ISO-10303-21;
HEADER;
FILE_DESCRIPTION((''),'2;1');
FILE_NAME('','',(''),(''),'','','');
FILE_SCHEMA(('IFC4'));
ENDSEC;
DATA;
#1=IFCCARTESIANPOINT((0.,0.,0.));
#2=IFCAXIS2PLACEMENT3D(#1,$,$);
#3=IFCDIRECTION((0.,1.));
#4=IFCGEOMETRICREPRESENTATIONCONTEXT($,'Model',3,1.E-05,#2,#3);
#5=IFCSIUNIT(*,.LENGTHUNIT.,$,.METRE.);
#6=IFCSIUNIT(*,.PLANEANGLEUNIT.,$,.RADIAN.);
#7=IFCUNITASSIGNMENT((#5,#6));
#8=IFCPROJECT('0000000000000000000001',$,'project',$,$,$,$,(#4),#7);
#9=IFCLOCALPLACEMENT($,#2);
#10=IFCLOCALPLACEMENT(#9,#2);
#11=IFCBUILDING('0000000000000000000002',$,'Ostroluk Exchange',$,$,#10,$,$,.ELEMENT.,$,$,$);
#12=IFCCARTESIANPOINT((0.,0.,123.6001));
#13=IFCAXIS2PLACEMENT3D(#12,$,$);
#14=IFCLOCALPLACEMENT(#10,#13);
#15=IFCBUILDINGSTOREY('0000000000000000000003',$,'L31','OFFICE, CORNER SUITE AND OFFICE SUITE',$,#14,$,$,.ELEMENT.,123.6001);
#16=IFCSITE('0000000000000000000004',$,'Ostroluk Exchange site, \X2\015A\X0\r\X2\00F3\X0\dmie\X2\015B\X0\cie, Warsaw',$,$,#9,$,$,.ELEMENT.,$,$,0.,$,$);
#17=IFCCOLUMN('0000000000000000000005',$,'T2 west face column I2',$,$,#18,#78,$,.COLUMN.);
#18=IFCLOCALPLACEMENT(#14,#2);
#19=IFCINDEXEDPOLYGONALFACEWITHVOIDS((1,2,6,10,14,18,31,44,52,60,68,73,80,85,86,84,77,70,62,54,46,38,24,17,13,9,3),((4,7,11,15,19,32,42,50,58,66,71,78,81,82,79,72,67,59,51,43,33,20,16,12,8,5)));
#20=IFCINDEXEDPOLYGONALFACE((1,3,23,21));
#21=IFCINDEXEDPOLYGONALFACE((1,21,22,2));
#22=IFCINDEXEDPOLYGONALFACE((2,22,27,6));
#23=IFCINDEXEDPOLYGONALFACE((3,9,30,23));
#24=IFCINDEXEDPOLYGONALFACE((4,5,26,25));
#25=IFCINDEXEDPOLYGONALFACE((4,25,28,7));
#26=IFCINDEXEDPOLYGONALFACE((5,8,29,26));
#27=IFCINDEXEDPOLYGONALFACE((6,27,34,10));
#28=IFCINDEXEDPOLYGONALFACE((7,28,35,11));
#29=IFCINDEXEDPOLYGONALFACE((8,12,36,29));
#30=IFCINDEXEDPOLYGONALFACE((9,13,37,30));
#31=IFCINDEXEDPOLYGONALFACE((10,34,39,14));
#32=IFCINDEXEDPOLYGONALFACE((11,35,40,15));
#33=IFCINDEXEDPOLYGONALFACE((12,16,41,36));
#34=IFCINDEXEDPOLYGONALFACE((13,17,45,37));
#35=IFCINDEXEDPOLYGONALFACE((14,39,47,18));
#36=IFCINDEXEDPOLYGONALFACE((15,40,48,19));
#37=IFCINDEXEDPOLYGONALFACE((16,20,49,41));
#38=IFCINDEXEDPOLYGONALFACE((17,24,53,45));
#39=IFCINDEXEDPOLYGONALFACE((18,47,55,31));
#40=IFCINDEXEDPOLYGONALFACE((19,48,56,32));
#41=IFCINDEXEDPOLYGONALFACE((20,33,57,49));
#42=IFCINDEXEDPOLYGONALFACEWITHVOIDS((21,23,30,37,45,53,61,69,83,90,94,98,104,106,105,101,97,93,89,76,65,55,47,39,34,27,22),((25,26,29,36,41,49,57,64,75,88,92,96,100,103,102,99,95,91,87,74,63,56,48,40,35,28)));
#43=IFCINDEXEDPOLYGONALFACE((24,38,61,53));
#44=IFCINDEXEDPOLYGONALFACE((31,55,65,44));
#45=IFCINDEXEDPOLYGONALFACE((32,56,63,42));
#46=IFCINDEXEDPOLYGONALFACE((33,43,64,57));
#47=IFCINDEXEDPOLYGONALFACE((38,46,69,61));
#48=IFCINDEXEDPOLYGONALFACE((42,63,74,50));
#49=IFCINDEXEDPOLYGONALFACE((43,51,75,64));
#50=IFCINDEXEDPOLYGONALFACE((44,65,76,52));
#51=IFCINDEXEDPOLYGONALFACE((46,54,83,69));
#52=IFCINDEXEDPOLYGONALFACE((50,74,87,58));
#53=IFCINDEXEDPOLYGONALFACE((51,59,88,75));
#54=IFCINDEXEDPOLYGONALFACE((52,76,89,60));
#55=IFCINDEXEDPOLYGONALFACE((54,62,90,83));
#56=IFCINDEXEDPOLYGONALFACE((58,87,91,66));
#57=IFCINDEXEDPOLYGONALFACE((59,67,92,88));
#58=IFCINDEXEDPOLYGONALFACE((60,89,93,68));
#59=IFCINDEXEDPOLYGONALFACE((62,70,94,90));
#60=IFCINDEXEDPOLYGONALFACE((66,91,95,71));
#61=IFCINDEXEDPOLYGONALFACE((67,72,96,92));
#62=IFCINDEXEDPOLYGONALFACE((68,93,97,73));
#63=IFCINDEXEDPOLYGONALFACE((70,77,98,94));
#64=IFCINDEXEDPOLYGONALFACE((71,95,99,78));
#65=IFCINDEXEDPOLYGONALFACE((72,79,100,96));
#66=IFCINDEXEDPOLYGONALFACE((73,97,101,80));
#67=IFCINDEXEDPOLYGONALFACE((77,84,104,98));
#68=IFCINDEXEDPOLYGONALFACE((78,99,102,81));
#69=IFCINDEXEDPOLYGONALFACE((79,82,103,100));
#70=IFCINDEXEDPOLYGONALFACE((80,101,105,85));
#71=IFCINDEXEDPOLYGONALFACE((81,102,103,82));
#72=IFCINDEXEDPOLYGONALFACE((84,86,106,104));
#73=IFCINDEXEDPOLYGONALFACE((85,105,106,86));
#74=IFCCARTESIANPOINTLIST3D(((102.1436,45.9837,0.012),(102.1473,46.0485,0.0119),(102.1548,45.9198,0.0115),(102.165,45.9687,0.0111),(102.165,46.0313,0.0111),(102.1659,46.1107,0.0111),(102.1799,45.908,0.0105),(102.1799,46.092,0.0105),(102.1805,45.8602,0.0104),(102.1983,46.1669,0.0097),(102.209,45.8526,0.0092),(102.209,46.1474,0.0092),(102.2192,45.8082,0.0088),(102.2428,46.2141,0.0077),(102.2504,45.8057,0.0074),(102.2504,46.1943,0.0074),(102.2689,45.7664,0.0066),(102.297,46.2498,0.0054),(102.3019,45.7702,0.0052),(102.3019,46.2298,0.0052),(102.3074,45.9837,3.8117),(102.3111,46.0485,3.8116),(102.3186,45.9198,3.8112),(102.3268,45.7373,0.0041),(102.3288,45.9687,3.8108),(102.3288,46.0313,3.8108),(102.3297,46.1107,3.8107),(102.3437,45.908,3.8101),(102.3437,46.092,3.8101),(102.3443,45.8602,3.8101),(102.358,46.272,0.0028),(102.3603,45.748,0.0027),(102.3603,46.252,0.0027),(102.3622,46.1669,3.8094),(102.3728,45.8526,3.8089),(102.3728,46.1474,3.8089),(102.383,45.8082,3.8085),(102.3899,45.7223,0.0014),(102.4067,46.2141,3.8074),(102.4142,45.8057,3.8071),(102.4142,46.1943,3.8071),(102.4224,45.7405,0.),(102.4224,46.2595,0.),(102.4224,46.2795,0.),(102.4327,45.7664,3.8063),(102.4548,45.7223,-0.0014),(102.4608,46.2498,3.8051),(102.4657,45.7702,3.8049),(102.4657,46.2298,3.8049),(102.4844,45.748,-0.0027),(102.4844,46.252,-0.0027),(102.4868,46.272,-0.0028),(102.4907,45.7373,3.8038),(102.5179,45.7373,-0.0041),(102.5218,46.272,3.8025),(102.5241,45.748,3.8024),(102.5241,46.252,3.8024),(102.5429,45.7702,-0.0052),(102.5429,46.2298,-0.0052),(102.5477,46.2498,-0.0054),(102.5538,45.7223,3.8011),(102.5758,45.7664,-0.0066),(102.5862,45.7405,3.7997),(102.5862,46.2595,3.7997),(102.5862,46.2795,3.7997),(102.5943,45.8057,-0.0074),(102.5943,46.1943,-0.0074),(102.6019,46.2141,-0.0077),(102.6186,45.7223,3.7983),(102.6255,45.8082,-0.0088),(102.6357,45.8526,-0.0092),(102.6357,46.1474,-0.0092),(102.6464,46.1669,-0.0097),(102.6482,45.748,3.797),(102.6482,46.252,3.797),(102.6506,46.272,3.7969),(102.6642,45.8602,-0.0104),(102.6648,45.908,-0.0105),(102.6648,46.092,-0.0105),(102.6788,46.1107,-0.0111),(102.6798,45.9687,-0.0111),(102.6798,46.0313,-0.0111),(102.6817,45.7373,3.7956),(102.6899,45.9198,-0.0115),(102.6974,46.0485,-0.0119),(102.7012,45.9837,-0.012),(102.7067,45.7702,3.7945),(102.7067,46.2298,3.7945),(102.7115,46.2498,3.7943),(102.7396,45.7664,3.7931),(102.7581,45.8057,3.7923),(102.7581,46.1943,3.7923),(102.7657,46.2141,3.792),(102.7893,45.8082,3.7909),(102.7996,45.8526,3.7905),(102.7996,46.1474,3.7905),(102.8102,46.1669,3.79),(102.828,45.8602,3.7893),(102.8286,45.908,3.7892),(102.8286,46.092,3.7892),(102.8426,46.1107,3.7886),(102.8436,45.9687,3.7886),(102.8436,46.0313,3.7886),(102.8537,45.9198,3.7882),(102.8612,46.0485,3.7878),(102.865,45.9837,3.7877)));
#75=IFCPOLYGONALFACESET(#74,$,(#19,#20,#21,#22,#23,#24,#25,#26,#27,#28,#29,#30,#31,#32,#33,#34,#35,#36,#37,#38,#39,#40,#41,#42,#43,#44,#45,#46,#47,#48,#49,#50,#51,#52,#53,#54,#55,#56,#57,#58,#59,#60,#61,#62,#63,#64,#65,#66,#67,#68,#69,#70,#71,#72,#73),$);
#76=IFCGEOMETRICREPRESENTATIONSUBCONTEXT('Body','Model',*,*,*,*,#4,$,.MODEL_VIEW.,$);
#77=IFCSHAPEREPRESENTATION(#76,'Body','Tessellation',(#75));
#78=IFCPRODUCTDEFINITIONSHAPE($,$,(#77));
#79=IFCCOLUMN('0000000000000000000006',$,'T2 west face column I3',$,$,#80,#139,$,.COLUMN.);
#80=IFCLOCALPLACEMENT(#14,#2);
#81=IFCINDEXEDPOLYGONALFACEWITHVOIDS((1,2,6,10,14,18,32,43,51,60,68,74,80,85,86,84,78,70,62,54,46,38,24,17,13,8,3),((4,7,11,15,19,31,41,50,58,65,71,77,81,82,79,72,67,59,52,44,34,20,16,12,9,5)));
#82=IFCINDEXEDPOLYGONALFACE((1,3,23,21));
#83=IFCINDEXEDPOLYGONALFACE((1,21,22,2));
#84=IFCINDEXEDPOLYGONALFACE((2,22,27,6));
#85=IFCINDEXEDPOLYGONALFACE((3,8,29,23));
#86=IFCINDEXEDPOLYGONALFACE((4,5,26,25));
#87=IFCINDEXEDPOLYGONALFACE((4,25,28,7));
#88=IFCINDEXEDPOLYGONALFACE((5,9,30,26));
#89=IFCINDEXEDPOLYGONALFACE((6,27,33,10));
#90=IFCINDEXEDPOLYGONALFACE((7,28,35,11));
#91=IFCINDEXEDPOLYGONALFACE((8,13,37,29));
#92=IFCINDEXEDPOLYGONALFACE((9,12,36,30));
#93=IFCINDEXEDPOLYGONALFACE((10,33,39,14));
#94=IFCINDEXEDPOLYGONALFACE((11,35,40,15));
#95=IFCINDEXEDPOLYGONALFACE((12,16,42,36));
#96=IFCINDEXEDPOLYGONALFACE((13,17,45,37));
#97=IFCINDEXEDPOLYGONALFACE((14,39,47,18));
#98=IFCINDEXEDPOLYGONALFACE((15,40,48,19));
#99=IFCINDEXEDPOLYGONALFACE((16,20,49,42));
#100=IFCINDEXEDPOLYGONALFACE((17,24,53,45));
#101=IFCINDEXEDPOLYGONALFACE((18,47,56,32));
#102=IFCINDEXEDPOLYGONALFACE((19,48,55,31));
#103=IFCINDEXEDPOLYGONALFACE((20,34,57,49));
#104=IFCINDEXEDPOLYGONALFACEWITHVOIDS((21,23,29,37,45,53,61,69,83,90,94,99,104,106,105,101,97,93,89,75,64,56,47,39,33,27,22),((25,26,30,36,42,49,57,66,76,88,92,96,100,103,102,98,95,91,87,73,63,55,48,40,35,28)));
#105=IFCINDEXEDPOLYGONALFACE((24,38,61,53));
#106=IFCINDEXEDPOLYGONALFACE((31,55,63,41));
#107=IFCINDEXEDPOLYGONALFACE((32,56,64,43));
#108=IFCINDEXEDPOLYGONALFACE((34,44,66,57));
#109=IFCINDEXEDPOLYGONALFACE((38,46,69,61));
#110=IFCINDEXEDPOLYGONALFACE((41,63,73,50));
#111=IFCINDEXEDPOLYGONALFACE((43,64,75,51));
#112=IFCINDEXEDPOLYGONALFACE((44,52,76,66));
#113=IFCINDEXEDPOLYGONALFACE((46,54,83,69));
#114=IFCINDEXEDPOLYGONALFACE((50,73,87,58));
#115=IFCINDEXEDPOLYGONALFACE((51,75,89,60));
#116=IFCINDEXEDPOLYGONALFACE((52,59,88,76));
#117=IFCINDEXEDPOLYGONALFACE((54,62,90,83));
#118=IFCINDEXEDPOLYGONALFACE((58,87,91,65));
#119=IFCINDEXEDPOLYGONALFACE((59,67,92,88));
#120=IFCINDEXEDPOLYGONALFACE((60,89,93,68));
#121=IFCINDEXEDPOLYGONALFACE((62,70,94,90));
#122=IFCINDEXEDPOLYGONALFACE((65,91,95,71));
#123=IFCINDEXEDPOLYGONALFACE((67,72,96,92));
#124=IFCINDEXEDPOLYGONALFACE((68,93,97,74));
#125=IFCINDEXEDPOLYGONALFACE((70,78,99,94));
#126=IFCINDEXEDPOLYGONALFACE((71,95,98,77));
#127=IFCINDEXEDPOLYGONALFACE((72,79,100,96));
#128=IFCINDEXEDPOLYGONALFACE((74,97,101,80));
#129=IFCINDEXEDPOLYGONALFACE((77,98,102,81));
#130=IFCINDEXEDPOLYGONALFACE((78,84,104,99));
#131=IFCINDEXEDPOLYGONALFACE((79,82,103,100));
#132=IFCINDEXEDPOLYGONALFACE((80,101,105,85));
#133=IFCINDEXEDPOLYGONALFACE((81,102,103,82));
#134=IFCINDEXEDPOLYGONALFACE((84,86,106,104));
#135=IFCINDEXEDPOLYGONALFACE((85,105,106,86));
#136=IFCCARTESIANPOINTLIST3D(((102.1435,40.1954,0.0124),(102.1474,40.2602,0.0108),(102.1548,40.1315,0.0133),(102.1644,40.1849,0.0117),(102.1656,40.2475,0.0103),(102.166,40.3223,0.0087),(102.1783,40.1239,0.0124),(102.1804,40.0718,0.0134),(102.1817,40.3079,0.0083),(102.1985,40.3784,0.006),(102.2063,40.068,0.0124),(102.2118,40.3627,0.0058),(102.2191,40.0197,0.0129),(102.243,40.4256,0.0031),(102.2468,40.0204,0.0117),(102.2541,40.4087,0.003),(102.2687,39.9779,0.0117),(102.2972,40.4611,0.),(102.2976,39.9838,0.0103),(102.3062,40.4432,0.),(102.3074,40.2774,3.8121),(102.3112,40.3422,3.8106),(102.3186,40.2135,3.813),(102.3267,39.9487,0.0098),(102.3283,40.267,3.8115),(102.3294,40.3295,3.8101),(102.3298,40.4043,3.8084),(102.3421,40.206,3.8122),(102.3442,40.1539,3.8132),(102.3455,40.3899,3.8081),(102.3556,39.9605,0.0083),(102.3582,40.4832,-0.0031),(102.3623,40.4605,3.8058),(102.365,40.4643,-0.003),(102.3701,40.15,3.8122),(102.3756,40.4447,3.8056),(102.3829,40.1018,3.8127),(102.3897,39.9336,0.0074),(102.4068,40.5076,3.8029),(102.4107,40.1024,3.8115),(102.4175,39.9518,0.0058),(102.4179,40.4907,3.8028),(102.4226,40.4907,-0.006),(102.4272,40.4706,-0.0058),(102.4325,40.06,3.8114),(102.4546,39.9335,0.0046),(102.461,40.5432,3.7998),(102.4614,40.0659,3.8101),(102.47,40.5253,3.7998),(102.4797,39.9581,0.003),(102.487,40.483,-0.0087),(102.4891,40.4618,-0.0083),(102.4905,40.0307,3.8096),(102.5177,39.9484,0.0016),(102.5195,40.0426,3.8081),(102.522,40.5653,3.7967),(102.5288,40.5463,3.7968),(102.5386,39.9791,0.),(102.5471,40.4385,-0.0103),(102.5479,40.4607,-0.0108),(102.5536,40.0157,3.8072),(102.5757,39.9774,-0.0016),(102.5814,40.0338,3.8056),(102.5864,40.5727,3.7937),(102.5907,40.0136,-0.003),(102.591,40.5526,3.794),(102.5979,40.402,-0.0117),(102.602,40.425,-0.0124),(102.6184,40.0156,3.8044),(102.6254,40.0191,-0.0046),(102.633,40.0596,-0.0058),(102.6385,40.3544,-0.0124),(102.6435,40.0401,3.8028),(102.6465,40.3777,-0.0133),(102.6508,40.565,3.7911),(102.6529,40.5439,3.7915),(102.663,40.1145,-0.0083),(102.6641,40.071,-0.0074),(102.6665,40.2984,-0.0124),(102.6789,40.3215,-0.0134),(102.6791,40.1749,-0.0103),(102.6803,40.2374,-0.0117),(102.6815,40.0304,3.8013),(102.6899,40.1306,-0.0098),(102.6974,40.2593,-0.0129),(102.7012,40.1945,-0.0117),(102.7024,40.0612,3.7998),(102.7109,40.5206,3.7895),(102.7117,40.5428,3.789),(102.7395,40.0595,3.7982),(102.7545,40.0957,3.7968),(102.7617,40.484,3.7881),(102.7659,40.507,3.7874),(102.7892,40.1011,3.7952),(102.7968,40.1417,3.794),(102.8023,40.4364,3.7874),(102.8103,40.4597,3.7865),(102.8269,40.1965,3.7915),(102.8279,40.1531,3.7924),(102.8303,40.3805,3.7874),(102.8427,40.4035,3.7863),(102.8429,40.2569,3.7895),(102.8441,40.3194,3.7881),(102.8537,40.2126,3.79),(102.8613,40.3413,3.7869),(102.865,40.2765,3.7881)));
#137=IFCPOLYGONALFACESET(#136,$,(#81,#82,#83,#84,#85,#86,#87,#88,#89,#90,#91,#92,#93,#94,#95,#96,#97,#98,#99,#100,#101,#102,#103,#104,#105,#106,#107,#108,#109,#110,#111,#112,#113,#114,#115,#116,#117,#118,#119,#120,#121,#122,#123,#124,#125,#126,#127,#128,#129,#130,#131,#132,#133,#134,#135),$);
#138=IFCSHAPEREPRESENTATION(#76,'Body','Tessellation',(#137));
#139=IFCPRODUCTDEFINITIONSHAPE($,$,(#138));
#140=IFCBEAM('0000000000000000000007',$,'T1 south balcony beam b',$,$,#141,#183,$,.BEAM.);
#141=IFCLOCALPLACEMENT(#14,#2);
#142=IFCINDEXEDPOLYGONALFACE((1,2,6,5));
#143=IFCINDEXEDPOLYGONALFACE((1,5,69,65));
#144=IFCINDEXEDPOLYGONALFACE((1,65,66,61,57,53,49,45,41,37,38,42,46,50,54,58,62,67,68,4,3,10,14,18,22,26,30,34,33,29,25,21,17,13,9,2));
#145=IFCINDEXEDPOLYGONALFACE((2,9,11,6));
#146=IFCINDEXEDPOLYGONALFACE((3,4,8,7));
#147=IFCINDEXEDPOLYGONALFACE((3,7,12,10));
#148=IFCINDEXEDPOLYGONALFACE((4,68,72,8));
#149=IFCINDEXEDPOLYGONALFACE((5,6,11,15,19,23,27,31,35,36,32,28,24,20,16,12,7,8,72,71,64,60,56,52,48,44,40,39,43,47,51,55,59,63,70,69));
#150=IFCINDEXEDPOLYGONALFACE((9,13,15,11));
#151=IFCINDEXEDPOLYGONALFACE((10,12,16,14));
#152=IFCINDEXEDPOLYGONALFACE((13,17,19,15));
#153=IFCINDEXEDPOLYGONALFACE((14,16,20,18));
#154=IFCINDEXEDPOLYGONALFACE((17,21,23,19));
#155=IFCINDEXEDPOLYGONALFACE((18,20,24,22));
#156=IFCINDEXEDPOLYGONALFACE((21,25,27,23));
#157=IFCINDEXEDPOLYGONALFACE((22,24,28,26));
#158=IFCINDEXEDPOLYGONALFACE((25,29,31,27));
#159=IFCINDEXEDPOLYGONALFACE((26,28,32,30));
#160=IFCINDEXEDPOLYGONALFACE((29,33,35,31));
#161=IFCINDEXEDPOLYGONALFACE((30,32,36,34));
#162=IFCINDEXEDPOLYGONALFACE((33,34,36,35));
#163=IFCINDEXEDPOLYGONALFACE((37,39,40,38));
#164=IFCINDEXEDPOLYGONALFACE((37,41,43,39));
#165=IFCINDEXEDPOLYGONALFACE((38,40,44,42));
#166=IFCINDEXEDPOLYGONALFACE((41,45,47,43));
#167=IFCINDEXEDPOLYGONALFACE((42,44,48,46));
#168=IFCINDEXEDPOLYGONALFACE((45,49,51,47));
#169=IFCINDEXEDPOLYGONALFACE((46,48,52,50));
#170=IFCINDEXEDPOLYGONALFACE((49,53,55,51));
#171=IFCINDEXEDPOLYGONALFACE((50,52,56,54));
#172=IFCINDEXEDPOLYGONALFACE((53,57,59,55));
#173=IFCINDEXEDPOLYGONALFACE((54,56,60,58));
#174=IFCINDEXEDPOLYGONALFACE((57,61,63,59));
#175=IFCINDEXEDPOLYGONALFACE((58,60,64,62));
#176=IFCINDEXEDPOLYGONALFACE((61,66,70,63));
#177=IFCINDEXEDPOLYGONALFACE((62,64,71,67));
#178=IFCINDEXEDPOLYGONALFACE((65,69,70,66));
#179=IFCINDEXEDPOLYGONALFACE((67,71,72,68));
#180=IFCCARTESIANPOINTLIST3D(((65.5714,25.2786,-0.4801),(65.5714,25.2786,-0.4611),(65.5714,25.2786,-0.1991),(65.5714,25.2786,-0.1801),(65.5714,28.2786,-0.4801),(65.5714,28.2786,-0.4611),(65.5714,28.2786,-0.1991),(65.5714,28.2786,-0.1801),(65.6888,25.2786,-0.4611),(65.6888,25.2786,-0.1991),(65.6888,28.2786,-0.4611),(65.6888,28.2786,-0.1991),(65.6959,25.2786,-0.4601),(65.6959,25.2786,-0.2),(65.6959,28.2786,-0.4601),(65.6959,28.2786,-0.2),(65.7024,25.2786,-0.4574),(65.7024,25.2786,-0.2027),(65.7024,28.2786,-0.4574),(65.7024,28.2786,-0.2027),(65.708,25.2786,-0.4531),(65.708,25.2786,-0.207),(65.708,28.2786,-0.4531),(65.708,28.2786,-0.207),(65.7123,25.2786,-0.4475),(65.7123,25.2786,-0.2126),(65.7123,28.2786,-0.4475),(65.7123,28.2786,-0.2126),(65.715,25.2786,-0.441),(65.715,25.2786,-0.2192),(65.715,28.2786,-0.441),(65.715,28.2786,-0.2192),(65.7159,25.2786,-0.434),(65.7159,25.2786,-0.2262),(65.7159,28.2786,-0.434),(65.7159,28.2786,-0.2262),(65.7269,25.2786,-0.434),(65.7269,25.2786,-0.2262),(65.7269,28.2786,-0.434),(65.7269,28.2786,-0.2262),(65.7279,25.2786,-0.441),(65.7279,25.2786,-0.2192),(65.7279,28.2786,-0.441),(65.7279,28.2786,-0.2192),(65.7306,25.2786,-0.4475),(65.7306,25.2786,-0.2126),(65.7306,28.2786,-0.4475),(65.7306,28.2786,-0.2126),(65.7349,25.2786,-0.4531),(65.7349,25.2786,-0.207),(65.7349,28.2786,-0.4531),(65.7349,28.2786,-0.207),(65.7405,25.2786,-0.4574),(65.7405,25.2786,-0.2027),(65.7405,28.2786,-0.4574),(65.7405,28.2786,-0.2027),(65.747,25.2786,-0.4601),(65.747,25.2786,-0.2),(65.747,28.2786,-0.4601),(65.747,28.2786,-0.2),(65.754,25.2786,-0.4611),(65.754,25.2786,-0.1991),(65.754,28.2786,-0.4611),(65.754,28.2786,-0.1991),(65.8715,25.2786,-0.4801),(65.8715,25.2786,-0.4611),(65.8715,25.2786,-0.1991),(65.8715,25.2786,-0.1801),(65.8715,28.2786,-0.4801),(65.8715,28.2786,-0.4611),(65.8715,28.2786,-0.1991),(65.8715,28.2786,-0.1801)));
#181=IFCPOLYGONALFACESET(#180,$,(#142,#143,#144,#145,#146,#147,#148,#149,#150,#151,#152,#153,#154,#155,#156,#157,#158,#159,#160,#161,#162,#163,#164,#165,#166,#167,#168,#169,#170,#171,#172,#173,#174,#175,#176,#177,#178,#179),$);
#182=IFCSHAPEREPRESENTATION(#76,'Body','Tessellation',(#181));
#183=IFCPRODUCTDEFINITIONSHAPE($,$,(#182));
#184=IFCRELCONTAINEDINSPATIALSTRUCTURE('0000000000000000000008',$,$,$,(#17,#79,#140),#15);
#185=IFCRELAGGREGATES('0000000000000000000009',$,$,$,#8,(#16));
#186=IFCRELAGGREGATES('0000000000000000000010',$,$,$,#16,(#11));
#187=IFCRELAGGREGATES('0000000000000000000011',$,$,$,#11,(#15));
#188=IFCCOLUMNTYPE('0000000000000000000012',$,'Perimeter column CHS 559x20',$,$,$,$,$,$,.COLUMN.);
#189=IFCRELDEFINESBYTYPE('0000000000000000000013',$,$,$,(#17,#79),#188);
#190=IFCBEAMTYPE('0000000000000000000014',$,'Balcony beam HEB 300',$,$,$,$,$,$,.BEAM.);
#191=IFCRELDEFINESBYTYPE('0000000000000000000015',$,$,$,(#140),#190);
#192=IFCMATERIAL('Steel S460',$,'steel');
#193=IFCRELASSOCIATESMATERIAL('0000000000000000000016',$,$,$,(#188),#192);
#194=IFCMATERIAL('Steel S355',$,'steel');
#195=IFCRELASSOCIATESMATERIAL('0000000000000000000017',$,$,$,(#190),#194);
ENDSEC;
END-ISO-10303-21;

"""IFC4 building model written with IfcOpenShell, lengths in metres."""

from ifc_helpers import new_model, si_unit, direction, frame, origin, origin_2d, place, context, subcontext, project, spatial, hollow_circle, i_section, extrude, material, material_profile, profile_set, type_object, element, save


model = new_model("IFC4")

# Units and contexts
model_context = context("Model", 3, precision=1e-05, world=origin(), true_north=direction((0.0, 1.0)))
body_context = subcontext(model_context, "Body", "Model", "MODEL_VIEW")
ifc_project = project(units=[si_unit("LENGTHUNIT", "METRE"), si_unit("PLANEANGLEUNIT", "RADIAN")], contexts=[model_context])

# Site, building, storey
site_placement = place(None, origin())
site = spatial("IfcSite", under=ifc_project, at=site_placement, Name="Ostroluk Exchange site, Śródmieście, Warsaw", CompositionType="ELEMENT", RefElevation=0.0)
building_placement = place(site_placement, origin())
building = spatial("IfcBuilding", under=site, at=building_placement, Name="Ostroluk Exchange", CompositionType="ELEMENT")
storey_placement = place(building_placement, frame((0.0, 0.0, 123.6001)))
storey = spatial("IfcBuildingStorey", under=building, at=storey_placement, Name="L31", Description="OFFICE, CORNER SUITE AND OFFICE SUITE", CompositionType="ELEMENT", Elevation=123.6001)

# Columns
ifc_material_1 = material(Name="Steel S460", Category="steel")
ifc_material_profile_1 = material_profile(ifc_material_1, hollow_circle(Radius=0.2795, WallThickness=0.02, at=origin_2d()), Name="CHS 559x20")
ifc_profile_set_1 = profile_set([ifc_material_profile_1], Name="Steel S460")
column_type_1 = type_object("IfcColumnType", Name="Perimeter column CHS 559x20", PredefinedType="COLUMN", material=ifc_profile_set_1)
column_1_placement = place(storey_placement, frame((102.4224, 46.0, 0.0), z_axis=(0.043072, 0.0, 0.999072), x_axis=(0.0, 1.0, 0.0)))
element("IfcColumn", 1, at=column_1_placement, inside=storey, type_object=column_type_1, Name="T2 west face column I2", PredefinedType="COLUMN", context=body_context, shape_type="SweptSolid", body=[
    extrude(hollow_circle(Radius=0.2795, WallThickness=0.02, at=origin_2d()), origin(), (0.0, 0.0, 1.0), 3.8032),
])
column_2_placement = place(storey_placement, frame((102.4224, 40.2112, 0.0), z_axis=(0.043062, 0.021563, 0.99884), x_axis=(-0.447747, 0.894161, 0.0)))
element("IfcColumn", 2, at=column_2_placement, inside=storey, type_object=column_type_1, Name="T2 west face column I3", PredefinedType="COLUMN", context=body_context, shape_type="SweptSolid", body=[
    extrude(hollow_circle(Radius=0.2795, WallThickness=0.02, at=origin_2d()), origin(), (0.0, 0.0, 1.0), 3.8042),
])

# Beam
ifc_material_2 = material(Name="Steel S355", Category="steel")
ifc_material_profile_2 = material_profile(ifc_material_2, i_section(OverallWidth=0.3, OverallDepth=0.3, WebThickness=0.011, FlangeThickness=0.019, FilletRadius=0.0271, at=origin_2d()), Name="HEB 300")
ifc_profile_set_2 = profile_set([ifc_material_profile_2], Name="Steel S355")
beam_type_1 = type_object("IfcBeamType", Name="Balcony beam HEB 300", PredefinedType="BEAM", material=ifc_profile_set_2)
beam_1_placement = place(storey_placement, frame((65.7214, 28.2786, -0.3301), z_axis=(0.0, -1.0, 0.0), x_axis=(1.0, 0.0, 0.0)))
element("IfcBeam", 3, at=beam_1_placement, inside=storey, type_object=beam_type_1, Name="T1 south balcony beam b", PredefinedType="BEAM", context=body_context, shape_type="SweptSolid", body=[
    extrude(i_section(OverallWidth=0.3, OverallDepth=0.3, WebThickness=0.011, FlangeThickness=0.019, FilletRadius=0.0271, at=origin_2d()), origin(), (0.0, 0.0, 1.0), 3.0),
])

save(model, "model.ifc")
